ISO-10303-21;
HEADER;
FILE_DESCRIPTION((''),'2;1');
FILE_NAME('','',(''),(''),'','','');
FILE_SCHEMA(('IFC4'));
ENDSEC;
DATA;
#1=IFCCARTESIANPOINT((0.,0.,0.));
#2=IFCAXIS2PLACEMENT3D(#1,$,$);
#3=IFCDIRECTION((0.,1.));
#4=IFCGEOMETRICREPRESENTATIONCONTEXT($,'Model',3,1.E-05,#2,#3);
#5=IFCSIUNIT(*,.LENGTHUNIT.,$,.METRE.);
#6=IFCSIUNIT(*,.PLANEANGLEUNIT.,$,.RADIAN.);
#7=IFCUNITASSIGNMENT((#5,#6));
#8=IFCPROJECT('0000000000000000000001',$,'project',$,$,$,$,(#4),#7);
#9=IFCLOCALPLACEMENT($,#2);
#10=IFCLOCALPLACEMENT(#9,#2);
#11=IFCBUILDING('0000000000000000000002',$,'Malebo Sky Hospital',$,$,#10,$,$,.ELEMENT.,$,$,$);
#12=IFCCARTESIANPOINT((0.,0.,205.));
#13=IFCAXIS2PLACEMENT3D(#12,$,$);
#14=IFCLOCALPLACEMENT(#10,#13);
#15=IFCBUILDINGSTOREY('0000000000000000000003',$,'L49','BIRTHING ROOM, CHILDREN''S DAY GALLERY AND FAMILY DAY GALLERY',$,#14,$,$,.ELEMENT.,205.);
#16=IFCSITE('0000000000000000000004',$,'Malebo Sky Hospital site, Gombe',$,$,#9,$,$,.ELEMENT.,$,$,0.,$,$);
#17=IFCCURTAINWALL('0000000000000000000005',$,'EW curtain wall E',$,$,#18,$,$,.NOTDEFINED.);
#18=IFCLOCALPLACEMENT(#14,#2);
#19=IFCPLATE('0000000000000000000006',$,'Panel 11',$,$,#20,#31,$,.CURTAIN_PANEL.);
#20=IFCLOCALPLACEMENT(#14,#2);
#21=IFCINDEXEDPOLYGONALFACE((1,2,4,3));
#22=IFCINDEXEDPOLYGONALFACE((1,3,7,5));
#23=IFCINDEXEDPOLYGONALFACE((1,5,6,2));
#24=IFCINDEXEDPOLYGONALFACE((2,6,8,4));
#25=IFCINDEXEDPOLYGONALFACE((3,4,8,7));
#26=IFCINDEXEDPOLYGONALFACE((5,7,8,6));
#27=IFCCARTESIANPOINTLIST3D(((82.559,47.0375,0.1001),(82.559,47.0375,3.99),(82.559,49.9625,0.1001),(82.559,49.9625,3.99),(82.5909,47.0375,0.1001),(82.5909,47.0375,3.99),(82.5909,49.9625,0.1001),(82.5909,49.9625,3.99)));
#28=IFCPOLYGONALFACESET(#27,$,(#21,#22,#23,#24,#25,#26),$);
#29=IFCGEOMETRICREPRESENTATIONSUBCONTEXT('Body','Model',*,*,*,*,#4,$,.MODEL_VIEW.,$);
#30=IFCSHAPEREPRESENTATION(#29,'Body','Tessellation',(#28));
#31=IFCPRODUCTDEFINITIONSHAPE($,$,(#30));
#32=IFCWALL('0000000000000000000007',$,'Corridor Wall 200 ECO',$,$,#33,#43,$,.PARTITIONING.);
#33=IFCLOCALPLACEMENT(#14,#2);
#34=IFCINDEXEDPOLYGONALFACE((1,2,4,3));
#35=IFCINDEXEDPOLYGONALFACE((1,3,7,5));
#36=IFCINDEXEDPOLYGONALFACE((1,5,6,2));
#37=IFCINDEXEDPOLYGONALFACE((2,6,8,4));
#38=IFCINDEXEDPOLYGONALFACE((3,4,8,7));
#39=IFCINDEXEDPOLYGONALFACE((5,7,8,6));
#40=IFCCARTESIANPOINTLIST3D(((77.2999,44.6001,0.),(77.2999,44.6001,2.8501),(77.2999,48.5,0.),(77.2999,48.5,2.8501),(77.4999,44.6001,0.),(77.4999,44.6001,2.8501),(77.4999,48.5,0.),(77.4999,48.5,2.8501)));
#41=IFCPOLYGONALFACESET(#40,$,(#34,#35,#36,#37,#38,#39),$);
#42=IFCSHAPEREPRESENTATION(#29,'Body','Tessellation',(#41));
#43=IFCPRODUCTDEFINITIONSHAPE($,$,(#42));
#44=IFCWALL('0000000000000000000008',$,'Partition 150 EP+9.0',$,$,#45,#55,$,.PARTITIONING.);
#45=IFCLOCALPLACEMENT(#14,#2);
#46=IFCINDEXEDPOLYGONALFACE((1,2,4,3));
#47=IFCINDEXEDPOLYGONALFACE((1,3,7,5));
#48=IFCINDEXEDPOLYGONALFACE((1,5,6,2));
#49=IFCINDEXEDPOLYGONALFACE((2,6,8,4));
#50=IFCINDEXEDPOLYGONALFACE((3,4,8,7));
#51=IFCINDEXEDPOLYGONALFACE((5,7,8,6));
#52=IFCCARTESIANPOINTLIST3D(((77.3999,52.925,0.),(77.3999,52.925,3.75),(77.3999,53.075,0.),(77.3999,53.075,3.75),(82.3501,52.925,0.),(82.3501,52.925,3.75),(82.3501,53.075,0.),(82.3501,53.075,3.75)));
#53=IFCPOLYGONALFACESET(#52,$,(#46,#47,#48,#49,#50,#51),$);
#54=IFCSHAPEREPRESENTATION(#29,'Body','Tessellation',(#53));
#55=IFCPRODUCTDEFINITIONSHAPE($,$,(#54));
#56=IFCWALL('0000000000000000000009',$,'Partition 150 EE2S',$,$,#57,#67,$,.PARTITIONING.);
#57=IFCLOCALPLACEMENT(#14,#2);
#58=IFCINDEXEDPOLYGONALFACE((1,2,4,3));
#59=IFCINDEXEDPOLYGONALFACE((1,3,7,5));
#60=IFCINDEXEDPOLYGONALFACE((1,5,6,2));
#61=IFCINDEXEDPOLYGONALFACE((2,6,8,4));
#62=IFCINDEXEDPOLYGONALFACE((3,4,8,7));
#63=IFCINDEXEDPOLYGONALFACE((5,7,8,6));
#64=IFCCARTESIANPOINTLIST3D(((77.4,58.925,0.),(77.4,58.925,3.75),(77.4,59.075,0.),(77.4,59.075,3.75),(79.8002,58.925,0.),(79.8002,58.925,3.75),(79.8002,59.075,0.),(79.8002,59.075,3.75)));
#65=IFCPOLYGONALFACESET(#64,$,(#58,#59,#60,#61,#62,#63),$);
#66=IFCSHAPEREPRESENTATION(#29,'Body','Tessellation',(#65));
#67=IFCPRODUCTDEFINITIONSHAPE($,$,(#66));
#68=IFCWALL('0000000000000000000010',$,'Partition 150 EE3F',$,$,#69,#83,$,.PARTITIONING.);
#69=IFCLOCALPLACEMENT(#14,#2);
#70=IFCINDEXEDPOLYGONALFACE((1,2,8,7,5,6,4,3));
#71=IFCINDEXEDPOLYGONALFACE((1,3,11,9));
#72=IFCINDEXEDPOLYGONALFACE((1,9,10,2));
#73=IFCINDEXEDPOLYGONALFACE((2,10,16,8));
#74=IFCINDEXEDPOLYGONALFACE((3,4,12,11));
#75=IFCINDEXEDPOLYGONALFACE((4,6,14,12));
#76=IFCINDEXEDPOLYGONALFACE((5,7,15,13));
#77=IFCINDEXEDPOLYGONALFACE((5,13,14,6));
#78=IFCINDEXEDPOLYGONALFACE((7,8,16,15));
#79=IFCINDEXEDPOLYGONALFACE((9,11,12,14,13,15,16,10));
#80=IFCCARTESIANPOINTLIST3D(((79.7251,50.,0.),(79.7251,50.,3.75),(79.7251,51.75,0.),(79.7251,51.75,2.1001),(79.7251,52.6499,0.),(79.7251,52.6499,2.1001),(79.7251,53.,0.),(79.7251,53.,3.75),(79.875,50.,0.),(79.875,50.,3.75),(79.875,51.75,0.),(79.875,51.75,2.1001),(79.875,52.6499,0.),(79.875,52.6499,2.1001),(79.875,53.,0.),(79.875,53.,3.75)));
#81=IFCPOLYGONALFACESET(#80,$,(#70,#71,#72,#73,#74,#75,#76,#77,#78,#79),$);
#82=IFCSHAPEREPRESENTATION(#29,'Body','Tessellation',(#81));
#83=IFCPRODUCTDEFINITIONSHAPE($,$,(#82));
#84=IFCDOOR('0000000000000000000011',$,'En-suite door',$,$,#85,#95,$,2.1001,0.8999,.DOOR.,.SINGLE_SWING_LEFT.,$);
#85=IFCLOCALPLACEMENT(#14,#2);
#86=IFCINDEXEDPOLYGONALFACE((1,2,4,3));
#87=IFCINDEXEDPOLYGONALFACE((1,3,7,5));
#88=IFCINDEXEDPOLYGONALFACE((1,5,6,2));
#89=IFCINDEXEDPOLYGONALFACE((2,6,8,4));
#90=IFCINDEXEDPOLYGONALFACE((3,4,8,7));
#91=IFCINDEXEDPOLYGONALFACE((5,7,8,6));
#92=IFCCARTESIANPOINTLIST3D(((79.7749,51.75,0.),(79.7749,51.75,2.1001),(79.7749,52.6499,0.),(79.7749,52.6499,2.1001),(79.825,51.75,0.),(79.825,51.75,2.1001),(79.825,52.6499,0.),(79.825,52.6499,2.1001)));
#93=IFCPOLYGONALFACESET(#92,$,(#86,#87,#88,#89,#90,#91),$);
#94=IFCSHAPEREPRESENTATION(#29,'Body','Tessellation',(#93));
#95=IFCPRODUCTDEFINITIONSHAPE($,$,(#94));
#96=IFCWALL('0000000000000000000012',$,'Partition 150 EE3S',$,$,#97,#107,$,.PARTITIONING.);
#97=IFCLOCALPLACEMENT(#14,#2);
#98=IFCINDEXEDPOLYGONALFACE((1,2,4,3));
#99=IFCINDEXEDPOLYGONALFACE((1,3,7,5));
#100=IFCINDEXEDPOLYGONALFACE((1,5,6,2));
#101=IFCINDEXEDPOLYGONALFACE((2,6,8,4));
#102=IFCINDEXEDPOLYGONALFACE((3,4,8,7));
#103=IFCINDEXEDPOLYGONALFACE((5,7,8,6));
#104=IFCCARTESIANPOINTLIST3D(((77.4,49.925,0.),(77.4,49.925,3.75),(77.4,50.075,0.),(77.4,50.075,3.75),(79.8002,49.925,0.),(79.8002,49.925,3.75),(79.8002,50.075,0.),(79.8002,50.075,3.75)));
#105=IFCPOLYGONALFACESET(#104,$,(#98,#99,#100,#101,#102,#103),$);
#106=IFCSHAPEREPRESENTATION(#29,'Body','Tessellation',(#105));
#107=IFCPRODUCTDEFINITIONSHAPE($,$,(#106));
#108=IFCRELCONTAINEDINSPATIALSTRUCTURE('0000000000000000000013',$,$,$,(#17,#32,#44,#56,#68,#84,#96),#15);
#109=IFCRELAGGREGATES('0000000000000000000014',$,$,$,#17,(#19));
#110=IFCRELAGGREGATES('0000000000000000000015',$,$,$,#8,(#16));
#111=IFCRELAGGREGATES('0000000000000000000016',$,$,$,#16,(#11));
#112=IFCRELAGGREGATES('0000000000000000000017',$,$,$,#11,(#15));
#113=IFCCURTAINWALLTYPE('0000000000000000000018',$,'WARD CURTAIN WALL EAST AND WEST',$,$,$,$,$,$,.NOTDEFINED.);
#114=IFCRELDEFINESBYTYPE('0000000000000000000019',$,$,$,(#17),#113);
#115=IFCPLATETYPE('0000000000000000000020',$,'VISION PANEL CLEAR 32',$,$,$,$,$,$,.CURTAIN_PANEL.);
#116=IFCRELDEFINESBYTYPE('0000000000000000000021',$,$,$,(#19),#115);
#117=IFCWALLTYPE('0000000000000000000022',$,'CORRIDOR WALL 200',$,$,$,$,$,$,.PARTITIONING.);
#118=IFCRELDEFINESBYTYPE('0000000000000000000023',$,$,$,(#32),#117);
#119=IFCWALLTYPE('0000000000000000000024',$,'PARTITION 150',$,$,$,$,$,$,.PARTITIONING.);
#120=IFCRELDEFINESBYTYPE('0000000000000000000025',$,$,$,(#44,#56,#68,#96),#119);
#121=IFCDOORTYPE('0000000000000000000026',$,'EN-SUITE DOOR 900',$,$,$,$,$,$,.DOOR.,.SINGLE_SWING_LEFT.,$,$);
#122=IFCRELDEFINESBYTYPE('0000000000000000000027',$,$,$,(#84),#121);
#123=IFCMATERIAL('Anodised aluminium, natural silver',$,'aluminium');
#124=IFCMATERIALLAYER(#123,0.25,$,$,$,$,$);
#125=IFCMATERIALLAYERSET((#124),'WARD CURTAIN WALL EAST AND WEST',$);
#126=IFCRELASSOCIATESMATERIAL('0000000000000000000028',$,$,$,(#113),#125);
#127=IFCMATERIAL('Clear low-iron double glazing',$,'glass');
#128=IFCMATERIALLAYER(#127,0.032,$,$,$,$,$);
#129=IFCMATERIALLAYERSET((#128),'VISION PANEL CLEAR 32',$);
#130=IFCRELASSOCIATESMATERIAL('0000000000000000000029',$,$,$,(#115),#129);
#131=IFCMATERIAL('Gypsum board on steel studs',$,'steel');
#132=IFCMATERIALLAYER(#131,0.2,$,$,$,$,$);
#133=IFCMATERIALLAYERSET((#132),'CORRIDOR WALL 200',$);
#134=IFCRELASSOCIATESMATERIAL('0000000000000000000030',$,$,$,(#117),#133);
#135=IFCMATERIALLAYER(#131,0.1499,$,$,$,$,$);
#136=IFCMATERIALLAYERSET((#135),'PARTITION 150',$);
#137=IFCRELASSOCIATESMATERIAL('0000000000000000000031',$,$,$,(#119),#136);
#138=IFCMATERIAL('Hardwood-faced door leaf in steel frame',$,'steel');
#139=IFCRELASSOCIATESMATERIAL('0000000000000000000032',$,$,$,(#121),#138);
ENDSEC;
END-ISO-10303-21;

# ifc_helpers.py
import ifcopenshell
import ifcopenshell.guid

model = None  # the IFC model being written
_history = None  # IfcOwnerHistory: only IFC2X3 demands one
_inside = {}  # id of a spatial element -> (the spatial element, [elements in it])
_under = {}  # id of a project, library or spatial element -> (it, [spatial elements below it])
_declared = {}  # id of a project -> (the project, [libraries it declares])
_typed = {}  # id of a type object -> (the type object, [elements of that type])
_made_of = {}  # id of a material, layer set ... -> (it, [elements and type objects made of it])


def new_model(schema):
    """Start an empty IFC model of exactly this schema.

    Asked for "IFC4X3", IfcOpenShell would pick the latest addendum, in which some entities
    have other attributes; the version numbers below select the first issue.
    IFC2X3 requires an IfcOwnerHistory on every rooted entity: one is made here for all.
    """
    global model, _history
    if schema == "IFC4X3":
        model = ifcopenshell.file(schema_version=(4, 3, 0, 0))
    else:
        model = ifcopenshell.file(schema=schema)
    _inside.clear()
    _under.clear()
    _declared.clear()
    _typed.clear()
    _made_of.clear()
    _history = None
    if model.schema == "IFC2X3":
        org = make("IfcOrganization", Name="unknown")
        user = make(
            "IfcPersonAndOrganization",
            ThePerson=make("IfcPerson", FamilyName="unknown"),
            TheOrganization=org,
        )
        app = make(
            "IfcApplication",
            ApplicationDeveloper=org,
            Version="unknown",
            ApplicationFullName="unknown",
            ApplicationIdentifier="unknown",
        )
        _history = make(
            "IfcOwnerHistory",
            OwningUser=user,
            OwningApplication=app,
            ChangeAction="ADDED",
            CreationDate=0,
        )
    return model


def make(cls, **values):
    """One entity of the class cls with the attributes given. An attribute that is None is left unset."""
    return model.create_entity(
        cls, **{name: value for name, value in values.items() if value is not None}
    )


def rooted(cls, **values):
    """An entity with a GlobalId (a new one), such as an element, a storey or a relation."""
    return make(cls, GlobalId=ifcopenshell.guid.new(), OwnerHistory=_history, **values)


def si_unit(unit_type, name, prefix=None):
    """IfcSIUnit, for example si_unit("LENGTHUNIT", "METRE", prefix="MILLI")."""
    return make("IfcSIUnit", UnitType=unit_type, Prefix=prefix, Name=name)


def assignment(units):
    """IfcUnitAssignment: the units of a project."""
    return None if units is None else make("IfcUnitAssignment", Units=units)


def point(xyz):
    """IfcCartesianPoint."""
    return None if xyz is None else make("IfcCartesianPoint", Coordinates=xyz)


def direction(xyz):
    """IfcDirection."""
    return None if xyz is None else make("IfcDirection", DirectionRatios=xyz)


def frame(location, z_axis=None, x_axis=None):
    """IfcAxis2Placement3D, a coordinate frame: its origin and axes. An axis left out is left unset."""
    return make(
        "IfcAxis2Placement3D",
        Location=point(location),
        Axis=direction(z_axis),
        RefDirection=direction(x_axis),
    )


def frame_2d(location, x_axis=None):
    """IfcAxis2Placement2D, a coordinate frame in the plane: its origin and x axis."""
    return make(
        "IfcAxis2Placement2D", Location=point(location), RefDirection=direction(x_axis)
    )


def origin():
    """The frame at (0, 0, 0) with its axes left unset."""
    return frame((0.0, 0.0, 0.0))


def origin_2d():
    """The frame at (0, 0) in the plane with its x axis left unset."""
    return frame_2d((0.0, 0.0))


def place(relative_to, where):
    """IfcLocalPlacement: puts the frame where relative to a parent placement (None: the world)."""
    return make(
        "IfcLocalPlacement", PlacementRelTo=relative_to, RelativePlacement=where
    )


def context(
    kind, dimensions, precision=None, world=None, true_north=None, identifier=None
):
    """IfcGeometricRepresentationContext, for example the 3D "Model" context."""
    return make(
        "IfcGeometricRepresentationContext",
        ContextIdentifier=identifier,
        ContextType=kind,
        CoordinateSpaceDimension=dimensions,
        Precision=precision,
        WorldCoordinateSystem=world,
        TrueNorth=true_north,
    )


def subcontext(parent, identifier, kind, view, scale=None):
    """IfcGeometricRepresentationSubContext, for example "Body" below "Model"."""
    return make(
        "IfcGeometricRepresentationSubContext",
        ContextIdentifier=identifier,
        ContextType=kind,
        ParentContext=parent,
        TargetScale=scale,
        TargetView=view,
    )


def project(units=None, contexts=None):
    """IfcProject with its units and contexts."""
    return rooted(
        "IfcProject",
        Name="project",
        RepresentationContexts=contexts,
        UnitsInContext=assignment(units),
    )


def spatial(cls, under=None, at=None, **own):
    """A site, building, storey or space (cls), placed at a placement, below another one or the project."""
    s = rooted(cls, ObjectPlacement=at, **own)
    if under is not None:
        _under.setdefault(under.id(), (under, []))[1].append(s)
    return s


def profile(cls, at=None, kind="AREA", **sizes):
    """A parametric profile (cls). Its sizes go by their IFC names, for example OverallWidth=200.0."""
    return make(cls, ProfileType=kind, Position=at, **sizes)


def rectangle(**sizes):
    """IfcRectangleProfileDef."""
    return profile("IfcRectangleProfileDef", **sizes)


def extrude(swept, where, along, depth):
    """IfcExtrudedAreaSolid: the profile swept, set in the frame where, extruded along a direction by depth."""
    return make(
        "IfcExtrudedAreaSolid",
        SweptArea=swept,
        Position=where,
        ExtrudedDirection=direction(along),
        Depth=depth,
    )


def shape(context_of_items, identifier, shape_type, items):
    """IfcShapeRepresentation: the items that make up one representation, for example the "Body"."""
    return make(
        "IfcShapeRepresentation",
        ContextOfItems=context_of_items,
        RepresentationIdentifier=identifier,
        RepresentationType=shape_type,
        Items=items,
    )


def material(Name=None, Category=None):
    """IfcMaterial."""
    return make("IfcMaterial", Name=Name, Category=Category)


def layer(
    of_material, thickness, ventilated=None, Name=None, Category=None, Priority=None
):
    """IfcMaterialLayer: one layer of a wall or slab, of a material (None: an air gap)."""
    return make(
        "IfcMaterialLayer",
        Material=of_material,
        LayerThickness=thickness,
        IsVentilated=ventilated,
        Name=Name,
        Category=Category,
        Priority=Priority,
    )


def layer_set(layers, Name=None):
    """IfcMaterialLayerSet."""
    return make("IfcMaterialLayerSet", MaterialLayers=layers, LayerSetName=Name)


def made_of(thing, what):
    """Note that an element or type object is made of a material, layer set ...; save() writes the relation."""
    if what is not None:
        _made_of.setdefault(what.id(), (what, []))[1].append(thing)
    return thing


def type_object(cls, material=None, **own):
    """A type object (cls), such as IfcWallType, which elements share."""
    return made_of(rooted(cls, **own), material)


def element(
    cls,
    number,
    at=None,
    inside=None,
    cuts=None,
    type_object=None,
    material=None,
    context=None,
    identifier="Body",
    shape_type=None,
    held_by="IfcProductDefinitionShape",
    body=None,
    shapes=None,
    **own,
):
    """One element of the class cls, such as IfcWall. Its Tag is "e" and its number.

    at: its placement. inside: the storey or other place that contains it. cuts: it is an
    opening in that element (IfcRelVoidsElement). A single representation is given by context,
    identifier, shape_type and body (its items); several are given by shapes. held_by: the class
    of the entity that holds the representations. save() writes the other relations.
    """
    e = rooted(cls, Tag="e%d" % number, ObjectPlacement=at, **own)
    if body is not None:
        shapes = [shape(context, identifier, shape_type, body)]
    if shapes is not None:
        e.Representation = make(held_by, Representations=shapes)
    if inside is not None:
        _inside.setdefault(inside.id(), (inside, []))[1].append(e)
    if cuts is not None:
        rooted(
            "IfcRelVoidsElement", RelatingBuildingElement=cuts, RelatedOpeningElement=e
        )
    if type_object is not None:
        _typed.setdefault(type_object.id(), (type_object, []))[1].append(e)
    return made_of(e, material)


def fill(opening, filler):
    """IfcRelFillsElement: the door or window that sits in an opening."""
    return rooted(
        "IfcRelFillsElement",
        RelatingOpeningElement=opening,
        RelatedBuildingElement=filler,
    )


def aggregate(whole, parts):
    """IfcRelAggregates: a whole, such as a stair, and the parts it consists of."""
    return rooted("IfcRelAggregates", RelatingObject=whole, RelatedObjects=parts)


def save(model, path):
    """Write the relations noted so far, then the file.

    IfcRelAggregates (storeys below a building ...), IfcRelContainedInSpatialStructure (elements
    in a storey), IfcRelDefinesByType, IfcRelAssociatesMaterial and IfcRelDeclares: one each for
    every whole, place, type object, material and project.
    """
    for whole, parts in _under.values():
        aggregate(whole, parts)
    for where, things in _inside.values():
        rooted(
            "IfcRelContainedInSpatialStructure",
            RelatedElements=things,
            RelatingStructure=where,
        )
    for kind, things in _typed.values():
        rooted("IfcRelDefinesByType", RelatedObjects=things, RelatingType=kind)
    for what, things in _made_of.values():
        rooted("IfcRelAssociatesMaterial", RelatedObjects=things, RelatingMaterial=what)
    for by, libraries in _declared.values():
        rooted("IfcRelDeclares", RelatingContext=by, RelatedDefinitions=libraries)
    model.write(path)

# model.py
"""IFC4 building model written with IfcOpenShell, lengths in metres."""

from ifc_helpers import new_model, si_unit, direction, frame, frame_2d, origin, origin_2d, place, context, subcontext, project, spatial, rectangle, extrude, material, layer, layer_set, type_object, element, fill, aggregate, save


model = new_model("IFC4")

# Units and contexts
model_context = context("Model", 3, precision=1e-05, world=origin(), true_north=direction((0.0, 1.0)))
body_context = subcontext(model_context, "Body", "Model", "MODEL_VIEW")
ifc_project = project(units=[si_unit("LENGTHUNIT", "METRE"), si_unit("PLANEANGLEUNIT", "RADIAN")], contexts=[model_context])

# Site, building, storey
site_placement = place(None, origin())
site = spatial("IfcSite", under=ifc_project, at=site_placement, Name="Malebo Sky Hospital site, Gombe", CompositionType="ELEMENT", RefElevation=0.0)
building_placement = place(site_placement, origin())
building = spatial("IfcBuilding", under=site, at=building_placement, Name="Malebo Sky Hospital", CompositionType="ELEMENT")
storey_placement = place(building_placement, frame((0.0, 0.0, 205.0)))
storey = spatial("IfcBuildingStorey", under=building, at=storey_placement, Name="L49", Description="BIRTHING ROOM, CHILDREN'S DAY GALLERY AND FAMILY DAY GALLERY", CompositionType="ELEMENT", Elevation=205.0)

# Curtain wall
ifc_material_1 = material(Name="Anodised aluminium, natural silver", Category="aluminium")
ifc_layer_1 = layer(ifc_material_1, 0.25)
ifc_layer_set_1 = layer_set([ifc_layer_1], Name="WARD CURTAIN WALL EAST AND WEST")
curtain_wall_type = type_object("IfcCurtainWallType", Name="WARD CURTAIN WALL EAST AND WEST", PredefinedType="NOTDEFINED", material=ifc_layer_set_1)
curtain_wall_placement = place(storey_placement, origin())
curtain_wall = element("IfcCurtainWall", 1, at=curtain_wall_placement, inside=storey, type_object=curtain_wall_type, Name="EW curtain wall E", PredefinedType="NOTDEFINED")

# Plate
ifc_material_2 = material(Name="Clear low-iron double glazing", Category="glass")
ifc_layer_2 = layer(ifc_material_2, 0.032)
ifc_layer_set_2 = layer_set([ifc_layer_2], Name="VISION PANEL CLEAR 32")
plate_type = type_object("IfcPlateType", Name="VISION PANEL CLEAR 32", PredefinedType="CURTAIN_PANEL", material=ifc_layer_set_2)
plate_1_placement = place(storey_placement, frame((82.575, 48.5, 0.1001), z_axis=(0.0, 0.0, 1.0), x_axis=(0.0, -1.0, 0.0)))
plate_1 = element("IfcPlate", 2, at=plate_1_placement, type_object=plate_type, Name="Panel 11", PredefinedType="CURTAIN_PANEL", context=body_context, shape_type="SweptSolid", body=[
    extrude(rectangle(XDim=2.925, YDim=0.032, at=origin_2d()), origin(), (0.0, 0.0, 1.0), 3.8899),
])
aggregate(curtain_wall, [plate_1])

# Walls
ifc_material_3 = material(Name="Gypsum board on steel studs", Category="steel")
ifc_layer_3 = layer(ifc_material_3, 0.2)
ifc_layer_set_3 = layer_set([ifc_layer_3], Name="CORRIDOR WALL 200")
wall_type_1 = type_object("IfcWallType", Name="CORRIDOR WALL 200", PredefinedType="PARTITIONING", material=ifc_layer_set_3)
wall_1_placement = place(storey_placement, frame((77.3999, 48.5, 0.0), z_axis=(0.0, 0.0, 1.0), x_axis=(0.0, -1.0, 0.0)))
element("IfcWall", 3, at=wall_1_placement, inside=storey, type_object=wall_type_1, Name="Corridor Wall 200 ECO", PredefinedType="PARTITIONING", context=body_context, shape_type="SweptSolid", body=[
    extrude(rectangle(XDim=3.8999, YDim=0.2, at=frame_2d((1.95, 0.0))), origin(), (0.0, 0.0, 1.0), 2.8501),
])
ifc_layer_4 = layer(ifc_material_3, 0.1499)
ifc_layer_set_4 = layer_set([ifc_layer_4], Name="PARTITION 150")
wall_type_2 = type_object("IfcWallType", Name="PARTITION 150", PredefinedType="PARTITIONING", material=ifc_layer_set_4)
wall_2_placement = place(storey_placement, frame((77.3999, 53.0, 0.0), z_axis=(0.0, 0.0, 1.0), x_axis=(1.0, 0.0, 0.0)))
element("IfcWall", 4, at=wall_2_placement, inside=storey, type_object=wall_type_2, Name="Partition 150 EP+9.0", PredefinedType="PARTITIONING", context=body_context, shape_type="SweptSolid", body=[
    extrude(rectangle(XDim=4.9502, YDim=0.1499, at=frame_2d((2.4751, 0.0))), origin(), (0.0, 0.0, 1.0), 3.75),
])
wall_3_placement = place(storey_placement, frame((77.3999, 59.0, 0.0), z_axis=(0.0, 0.0, 1.0), x_axis=(1.0, 0.0, 0.0)))
element("IfcWall", 5, at=wall_3_placement, inside=storey, type_object=wall_type_2, Name="Partition 150 EE2S", PredefinedType="PARTITIONING", context=body_context, shape_type="SweptSolid", body=[
    extrude(rectangle(XDim=2.4001, YDim=0.1499, at=frame_2d((1.2002, 0.0))), origin(), (0.0, 0.0, 1.0), 3.75),
])

# Wall, opening, door
wall_4_placement = place(storey_placement, frame((79.8, 53.0, 0.0), z_axis=(0.0, 0.0, 1.0), x_axis=(0.0, -1.0, 0.0)))
wall_4 = element("IfcWall", 6, at=wall_4_placement, inside=storey, type_object=wall_type_2, Name="Partition 150 EE3F", PredefinedType="PARTITIONING", context=body_context, shape_type="SweptSolid", body=[
    extrude(rectangle(XDim=3.0, YDim=0.1499, at=frame_2d((1.5, 0.0))), origin(), (0.0, 0.0, 1.0), 3.75),
])
opening_placement = place(wall_4_placement, frame((0.3501, 0.0, 0.0)))
opening = element("IfcOpeningElement", 7, at=opening_placement, cuts=wall_4, PredefinedType="OPENING", context=body_context, shape_type="SweptSolid", body=[
    extrude(rectangle(XDim=0.8999, YDim=2.1001, at=frame_2d((0.45, 1.05))), frame((0.0, 0.085, 0.0), z_axis=(0.0, -1.0, 0.0), x_axis=(1.0, 0.0, 0.0)), (0.0, 0.0, 1.0), 0.1699),
])
ifc_material_4 = material(Name="Hardwood-faced door leaf in steel frame", Category="steel")
door_type = type_object("IfcDoorType", Name="EN-SUITE DOOR 900", OperationType="SINGLE_SWING_LEFT", PredefinedType="DOOR", material=ifc_material_4)
door_placement = place(opening_placement, origin())
door = element("IfcDoor", 8, at=door_placement, inside=storey, type_object=door_type, Name="En-suite door", OperationType="SINGLE_SWING_LEFT", OverallHeight=2.1001, OverallWidth=0.8999, PredefinedType="DOOR", context=body_context, shape_type="SweptSolid", body=[
    extrude(rectangle(XDim=0.8999, YDim=2.1001, at=frame_2d((0.45, 1.05))), frame((0.0, 0.0249, 0.0), z_axis=(0.0, -1.0, 0.0), x_axis=(1.0, 0.0, 0.0)), (0.0, 0.0, 1.0), 0.05),
])
fill(opening, door)

# Wall
wall_5_placement = place(storey_placement, frame((77.3999, 50.0, 0.0), z_axis=(0.0, 0.0, 1.0), x_axis=(1.0, 0.0, 0.0)))
element("IfcWall", 9, at=wall_5_placement, inside=storey, type_object=wall_type_2, Name="Partition 150 EE3S", PredefinedType="PARTITIONING", context=body_context, shape_type="SweptSolid", body=[
    extrude(rectangle(XDim=2.4001, YDim=0.1499, at=frame_2d((1.2002, 0.0))), origin(), (0.0, 0.0, 1.0), 3.75),
])

save(model, "model.ifc")
